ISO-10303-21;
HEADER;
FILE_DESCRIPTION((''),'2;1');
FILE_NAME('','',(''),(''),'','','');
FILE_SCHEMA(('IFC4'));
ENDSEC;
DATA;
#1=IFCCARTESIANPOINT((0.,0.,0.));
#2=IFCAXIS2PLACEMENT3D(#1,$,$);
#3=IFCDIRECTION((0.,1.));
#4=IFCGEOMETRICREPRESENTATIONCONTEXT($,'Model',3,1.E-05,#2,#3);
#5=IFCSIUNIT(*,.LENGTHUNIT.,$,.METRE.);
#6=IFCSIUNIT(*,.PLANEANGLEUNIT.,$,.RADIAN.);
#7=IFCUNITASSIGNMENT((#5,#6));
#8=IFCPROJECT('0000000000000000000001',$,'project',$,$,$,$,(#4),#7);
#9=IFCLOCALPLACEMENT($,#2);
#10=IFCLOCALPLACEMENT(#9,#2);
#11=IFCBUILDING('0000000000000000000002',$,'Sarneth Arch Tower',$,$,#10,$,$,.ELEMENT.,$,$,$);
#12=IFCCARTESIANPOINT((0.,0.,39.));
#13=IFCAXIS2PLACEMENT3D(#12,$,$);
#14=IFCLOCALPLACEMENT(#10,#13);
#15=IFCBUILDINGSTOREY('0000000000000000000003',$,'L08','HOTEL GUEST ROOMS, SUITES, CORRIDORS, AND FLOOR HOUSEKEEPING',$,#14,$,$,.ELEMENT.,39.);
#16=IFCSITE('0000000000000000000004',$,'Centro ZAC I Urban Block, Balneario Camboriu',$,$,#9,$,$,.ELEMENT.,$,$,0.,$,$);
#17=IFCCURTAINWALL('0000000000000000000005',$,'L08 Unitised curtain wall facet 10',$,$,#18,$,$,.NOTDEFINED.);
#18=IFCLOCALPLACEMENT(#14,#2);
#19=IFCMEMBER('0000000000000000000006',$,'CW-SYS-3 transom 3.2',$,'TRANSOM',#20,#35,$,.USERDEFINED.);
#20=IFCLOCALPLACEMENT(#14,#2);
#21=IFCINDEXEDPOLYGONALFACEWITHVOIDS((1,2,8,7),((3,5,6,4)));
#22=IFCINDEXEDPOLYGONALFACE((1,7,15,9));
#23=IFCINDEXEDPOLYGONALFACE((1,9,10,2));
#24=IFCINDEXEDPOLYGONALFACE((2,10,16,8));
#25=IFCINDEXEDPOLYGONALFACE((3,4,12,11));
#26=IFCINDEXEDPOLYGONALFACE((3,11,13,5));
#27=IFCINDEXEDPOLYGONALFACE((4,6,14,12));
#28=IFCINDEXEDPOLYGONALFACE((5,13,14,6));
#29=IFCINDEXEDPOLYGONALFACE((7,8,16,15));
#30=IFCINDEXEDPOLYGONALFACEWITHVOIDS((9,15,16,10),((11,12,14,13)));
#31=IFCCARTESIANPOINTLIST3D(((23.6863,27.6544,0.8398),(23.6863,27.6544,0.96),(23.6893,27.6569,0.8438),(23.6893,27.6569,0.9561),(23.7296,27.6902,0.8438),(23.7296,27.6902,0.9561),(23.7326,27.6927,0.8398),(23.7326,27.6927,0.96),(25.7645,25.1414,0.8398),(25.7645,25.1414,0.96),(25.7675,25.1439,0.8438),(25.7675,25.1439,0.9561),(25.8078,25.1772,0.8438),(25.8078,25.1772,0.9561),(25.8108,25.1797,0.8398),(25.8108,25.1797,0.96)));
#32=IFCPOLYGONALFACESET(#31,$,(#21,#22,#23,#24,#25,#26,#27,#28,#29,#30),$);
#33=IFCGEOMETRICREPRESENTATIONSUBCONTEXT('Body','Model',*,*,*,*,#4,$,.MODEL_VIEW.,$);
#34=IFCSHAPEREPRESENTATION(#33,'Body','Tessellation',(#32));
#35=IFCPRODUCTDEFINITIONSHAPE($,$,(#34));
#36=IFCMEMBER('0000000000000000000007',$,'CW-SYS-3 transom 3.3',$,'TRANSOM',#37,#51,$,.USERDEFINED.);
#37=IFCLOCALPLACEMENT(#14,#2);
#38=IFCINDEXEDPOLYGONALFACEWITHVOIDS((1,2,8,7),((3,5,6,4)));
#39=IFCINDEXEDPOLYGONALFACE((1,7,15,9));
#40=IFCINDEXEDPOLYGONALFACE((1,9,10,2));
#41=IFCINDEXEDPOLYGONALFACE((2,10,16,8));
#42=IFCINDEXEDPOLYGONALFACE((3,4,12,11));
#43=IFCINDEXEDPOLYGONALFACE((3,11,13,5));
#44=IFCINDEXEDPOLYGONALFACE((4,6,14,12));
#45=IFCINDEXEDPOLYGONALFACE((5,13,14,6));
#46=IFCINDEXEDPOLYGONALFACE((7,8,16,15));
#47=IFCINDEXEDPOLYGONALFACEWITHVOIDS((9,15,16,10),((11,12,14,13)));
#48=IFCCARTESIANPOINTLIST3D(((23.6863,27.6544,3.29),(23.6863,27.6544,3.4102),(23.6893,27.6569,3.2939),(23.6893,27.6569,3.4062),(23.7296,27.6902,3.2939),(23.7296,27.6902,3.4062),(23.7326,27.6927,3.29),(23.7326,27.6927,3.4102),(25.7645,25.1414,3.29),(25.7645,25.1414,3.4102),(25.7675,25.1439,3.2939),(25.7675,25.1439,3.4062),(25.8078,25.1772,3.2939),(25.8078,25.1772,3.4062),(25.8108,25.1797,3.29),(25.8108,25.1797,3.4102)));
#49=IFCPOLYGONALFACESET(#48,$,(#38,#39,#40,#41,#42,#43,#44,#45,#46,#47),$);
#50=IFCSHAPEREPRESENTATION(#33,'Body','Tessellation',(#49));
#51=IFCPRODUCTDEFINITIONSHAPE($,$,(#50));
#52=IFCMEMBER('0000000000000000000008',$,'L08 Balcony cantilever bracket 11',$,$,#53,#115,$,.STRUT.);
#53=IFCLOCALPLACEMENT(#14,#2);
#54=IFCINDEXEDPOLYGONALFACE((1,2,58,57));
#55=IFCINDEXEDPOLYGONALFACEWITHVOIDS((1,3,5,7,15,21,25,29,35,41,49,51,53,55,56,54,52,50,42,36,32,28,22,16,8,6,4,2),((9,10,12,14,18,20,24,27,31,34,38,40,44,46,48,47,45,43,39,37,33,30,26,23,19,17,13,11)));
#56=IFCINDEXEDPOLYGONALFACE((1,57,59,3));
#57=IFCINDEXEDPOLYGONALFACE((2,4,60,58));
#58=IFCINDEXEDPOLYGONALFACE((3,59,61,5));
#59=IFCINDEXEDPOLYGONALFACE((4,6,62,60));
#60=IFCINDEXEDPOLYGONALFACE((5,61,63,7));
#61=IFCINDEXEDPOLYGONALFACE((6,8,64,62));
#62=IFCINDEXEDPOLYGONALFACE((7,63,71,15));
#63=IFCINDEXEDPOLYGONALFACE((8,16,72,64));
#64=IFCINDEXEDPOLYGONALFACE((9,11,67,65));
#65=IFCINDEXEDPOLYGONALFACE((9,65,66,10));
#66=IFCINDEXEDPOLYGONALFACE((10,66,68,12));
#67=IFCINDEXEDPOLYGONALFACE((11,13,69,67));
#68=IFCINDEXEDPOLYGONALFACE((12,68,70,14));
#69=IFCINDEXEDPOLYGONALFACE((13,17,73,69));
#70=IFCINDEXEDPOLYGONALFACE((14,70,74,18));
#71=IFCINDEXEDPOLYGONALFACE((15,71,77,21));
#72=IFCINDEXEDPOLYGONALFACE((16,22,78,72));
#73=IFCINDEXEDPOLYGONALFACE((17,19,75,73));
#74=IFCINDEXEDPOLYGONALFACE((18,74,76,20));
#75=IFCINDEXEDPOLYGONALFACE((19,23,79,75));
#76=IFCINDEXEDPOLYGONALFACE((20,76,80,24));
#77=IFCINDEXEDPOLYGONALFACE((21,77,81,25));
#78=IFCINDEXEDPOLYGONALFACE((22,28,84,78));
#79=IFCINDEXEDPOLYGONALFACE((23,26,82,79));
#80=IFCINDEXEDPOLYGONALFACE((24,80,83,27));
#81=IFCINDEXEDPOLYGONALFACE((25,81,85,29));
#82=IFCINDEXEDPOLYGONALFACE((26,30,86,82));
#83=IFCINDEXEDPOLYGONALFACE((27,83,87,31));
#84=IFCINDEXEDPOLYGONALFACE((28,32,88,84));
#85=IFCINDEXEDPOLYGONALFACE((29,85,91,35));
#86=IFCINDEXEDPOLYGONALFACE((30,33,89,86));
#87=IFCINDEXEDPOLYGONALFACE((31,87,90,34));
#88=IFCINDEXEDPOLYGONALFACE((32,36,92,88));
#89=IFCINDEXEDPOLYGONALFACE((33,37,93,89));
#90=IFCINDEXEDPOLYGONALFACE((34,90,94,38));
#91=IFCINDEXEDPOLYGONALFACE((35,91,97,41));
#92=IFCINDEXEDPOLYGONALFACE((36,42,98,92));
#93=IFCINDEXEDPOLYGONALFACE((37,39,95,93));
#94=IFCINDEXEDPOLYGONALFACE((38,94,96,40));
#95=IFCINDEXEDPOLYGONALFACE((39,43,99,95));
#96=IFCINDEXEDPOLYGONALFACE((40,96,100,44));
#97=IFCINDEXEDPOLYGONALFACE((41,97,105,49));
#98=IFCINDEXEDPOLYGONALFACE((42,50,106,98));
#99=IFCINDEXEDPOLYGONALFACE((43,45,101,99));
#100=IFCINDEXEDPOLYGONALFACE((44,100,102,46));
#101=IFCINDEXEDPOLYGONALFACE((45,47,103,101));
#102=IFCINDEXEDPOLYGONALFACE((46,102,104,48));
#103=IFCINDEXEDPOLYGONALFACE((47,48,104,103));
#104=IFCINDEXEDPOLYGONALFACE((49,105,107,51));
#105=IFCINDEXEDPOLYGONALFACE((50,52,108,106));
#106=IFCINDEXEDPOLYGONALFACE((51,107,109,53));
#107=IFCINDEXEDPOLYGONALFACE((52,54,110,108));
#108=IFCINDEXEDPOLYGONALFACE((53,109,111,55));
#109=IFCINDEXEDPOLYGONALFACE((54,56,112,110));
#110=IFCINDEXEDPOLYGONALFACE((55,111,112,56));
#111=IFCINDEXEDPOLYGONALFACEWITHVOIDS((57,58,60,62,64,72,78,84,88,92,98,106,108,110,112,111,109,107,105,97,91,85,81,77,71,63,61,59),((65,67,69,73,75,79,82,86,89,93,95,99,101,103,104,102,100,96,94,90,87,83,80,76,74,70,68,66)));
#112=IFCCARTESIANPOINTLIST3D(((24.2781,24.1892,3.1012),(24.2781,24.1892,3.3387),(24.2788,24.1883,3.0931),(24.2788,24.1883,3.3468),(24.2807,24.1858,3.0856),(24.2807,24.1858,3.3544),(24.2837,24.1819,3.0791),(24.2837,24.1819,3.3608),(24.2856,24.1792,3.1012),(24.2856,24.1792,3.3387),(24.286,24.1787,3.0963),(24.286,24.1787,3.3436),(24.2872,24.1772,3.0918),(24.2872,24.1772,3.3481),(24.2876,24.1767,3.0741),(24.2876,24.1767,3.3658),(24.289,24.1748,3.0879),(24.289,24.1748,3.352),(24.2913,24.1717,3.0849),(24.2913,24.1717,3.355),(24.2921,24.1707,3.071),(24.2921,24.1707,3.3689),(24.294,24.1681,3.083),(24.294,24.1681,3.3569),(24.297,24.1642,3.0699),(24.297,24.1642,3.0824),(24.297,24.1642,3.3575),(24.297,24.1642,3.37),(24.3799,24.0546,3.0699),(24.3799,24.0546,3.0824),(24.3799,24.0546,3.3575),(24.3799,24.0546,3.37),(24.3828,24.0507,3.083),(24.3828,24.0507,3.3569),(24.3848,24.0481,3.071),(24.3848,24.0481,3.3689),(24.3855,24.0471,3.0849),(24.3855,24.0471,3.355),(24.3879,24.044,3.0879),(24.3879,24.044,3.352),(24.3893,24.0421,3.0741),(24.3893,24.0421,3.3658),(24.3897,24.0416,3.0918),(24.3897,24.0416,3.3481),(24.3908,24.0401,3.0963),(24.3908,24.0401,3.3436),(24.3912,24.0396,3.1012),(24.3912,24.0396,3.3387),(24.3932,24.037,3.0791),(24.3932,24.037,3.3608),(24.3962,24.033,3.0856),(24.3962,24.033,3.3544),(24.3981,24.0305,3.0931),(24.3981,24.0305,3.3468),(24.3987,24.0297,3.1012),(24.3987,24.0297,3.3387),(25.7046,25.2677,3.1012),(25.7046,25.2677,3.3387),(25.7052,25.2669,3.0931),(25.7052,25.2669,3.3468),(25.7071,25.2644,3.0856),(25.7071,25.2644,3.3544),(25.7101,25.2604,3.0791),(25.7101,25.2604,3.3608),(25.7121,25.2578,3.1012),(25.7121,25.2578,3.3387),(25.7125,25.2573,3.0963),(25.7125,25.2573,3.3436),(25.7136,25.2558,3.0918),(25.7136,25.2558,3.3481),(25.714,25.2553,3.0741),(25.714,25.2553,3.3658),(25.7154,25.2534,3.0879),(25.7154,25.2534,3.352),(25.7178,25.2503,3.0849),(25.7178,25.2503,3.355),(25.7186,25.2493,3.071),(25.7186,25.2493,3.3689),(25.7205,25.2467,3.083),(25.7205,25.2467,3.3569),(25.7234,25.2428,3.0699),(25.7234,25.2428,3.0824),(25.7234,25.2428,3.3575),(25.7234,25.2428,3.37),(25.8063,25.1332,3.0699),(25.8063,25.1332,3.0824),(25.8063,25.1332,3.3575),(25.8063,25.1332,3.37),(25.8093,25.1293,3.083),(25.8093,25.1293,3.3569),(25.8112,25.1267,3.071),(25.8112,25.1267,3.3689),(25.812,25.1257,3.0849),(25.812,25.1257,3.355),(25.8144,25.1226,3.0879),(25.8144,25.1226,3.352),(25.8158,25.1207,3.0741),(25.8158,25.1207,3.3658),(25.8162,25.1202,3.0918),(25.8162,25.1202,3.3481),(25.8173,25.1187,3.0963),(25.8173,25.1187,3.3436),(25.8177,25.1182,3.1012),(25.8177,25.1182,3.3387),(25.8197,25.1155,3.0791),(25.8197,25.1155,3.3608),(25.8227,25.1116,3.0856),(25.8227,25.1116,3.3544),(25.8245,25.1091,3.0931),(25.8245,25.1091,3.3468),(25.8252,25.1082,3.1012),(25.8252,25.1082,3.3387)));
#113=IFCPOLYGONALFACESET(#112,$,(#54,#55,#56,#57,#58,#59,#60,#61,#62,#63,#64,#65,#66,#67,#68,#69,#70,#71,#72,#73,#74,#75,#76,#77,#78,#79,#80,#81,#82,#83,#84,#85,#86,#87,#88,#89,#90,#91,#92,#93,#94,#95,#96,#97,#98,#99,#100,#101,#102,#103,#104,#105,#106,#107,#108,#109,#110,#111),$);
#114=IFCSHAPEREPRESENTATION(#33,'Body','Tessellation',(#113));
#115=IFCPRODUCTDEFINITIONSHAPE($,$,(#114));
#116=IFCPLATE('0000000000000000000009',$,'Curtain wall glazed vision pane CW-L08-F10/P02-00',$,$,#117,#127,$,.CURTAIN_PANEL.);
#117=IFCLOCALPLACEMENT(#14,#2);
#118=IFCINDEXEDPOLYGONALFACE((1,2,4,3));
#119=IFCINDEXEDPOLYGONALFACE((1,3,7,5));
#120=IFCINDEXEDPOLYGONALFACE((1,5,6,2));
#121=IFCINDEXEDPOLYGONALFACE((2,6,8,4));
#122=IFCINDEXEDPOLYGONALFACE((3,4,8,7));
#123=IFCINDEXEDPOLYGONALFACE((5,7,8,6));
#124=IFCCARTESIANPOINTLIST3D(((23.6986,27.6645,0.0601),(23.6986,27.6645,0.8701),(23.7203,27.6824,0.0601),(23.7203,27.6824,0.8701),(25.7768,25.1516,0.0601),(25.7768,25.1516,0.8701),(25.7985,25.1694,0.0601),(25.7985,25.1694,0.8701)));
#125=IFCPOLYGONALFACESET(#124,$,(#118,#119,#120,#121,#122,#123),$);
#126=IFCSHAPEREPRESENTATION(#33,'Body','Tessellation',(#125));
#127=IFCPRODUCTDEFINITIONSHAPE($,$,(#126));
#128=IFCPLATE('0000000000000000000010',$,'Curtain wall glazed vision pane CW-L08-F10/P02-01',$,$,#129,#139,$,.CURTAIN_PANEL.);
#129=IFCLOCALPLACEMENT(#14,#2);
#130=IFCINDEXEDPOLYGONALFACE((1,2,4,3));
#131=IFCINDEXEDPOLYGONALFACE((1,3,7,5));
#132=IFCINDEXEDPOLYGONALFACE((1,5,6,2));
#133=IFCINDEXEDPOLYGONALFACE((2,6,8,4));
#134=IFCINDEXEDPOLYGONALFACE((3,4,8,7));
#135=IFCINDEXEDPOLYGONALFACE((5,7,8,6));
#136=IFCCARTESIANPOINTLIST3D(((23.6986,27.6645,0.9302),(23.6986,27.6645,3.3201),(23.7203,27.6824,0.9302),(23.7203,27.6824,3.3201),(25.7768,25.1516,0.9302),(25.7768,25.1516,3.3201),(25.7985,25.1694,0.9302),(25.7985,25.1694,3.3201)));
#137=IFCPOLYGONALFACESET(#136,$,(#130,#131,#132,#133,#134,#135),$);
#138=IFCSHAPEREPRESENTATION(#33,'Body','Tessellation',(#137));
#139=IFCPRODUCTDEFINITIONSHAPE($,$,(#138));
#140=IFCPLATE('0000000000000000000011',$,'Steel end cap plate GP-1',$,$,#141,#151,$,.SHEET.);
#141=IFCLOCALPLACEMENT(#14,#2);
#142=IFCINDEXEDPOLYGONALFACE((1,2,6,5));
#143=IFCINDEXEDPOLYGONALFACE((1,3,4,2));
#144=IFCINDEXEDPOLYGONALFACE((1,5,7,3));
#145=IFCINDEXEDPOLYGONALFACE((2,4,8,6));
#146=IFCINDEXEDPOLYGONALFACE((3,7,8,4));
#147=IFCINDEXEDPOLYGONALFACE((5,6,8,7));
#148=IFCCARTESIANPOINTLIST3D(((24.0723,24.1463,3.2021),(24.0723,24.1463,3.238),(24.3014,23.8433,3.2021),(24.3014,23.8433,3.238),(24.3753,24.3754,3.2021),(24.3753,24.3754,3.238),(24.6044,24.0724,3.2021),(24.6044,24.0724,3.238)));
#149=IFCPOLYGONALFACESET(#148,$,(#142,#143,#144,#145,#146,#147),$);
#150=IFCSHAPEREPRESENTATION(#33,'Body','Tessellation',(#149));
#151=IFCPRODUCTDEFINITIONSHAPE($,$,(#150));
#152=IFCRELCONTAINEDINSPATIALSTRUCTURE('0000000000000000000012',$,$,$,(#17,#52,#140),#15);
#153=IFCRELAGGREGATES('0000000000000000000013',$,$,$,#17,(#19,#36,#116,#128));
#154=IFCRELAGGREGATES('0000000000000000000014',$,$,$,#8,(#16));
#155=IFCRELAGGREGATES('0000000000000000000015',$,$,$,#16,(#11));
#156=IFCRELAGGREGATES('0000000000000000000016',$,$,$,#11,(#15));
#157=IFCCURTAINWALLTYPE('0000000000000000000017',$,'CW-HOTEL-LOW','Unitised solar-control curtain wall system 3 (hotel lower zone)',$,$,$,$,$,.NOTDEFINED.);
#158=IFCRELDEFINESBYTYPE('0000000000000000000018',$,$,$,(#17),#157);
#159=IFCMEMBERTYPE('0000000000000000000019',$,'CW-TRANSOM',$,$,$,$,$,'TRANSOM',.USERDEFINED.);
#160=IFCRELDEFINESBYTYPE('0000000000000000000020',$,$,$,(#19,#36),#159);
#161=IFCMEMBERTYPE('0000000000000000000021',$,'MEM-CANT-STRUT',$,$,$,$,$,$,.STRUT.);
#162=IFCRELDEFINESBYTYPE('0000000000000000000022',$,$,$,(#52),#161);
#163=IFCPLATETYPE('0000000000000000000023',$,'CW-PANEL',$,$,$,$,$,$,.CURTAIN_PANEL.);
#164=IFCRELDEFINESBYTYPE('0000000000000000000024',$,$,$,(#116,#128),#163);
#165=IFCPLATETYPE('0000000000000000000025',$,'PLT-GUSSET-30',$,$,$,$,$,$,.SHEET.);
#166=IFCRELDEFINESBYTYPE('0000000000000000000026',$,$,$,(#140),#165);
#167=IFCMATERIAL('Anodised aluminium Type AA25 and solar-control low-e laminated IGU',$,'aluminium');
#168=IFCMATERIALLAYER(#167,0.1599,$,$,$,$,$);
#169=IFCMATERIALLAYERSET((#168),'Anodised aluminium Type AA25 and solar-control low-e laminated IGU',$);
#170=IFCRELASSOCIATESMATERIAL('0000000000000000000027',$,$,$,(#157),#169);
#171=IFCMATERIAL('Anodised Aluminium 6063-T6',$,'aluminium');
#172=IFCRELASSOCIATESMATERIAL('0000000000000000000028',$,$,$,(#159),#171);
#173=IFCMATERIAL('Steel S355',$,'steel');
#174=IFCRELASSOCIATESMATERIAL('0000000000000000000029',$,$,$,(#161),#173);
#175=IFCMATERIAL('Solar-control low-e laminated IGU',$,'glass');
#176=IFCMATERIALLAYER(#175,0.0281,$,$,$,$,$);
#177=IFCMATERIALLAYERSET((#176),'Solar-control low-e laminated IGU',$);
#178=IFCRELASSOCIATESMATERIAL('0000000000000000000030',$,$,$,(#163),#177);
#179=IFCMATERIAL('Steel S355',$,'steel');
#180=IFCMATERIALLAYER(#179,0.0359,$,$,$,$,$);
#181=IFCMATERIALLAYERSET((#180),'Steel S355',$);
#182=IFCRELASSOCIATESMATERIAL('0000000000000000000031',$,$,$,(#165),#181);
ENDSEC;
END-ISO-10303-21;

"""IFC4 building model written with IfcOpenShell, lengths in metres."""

from ifc_helpers import new_model, si_unit, direction, frame, origin, origin_2d, place, context, subcontext, project, spatial, rectangle, hollow_rectangle, extrude, material, layer, layer_set, material_profile, profile_set, type_object, element, aggregate, save


model = new_model("IFC4")

# Units and contexts
model_context = context("Model", 3, precision=1e-05, world=origin(), true_north=direction((0.0, 1.0)))
body_context = subcontext(model_context, "Body", "Model", "MODEL_VIEW")
ifc_project = project(units=[si_unit("LENGTHUNIT", "METRE"), si_unit("PLANEANGLEUNIT", "RADIAN")], contexts=[model_context])

# Site, building, storey
site_placement = place(None, origin())
site = spatial("IfcSite", under=ifc_project, at=site_placement, Name="Centro ZAC I Urban Block, Balneario Camboriu", CompositionType="ELEMENT", RefElevation=0.0)
building_placement = place(site_placement, origin())
building = spatial("IfcBuilding", under=site, at=building_placement, Name="Sarneth Arch Tower", CompositionType="ELEMENT")
storey_placement = place(building_placement, frame((0.0, 0.0, 39.0)))
storey = spatial("IfcBuildingStorey", under=building, at=storey_placement, Name="L08", Description="HOTEL GUEST ROOMS, SUITES, CORRIDORS, AND FLOOR HOUSEKEEPING", CompositionType="ELEMENT", Elevation=39.0)

# Curtain wall, members
ifc_material_1 = material(Name="Anodised aluminium Type AA25 and solar-control low-e laminated IGU", Category="aluminium")
ifc_layer_1 = layer(ifc_material_1, 0.1599)
ifc_layer_set_1 = layer_set([ifc_layer_1], Name="Anodised aluminium Type AA25 and solar-control low-e laminated IGU")
curtain_wall_type = type_object("IfcCurtainWallType", Name="CW-HOTEL-LOW", Description="Unitised solar-control curtain wall system 3 (hotel lower zone)", PredefinedType="NOTDEFINED", material=ifc_layer_set_1)
curtain_wall_placement = place(storey_placement, origin())
curtain_wall = element("IfcCurtainWall", 1, at=curtain_wall_placement, inside=storey, type_object=curtain_wall_type, Name="L08 Unitised curtain wall facet 10", PredefinedType="NOTDEFINED")
ifc_material_2 = material(Name="Anodised Aluminium 6063-T6", Category="aluminium")
ifc_material_profile_1 = material_profile(ifc_material_2, hollow_rectangle(XDim=0.0601, YDim=0.1201, WallThickness=0.0039, at=origin_2d()), Name="AL-TRAN-120x60x4")
ifc_profile_set_1 = profile_set([ifc_material_profile_1], Name="Anodised Aluminium 6063-T6")
member_type_1 = type_object("IfcMemberType", Name="CW-TRANSOM", ElementType="TRANSOM", PredefinedType="USERDEFINED", material=ifc_profile_set_1)
member_1_placement = place(storey_placement, frame((23.7095, 27.6736, 0.8999), z_axis=(0.637286, -0.770628, 0.0), x_axis=(0.770628, 0.637286, 0.0)))
member_1 = element("IfcMember", 2, at=member_1_placement, type_object=member_type_1, Name="CW-SYS-3 transom 3.2", ObjectType="TRANSOM", PredefinedType="USERDEFINED", context=body_context, shape_type="SweptSolid", body=[
    extrude(hollow_rectangle(XDim=0.0601, YDim=0.1201, WallThickness=0.0039, at=origin_2d()), origin(), (0.0, 0.0, 1.0), 3.261),
])
member_2_placement = place(storey_placement, frame((23.7095, 27.6736, 3.3501), z_axis=(0.637286, -0.770628, 0.0), x_axis=(0.770628, 0.637286, 0.0)))
member_2 = element("IfcMember", 3, at=member_2_placement, type_object=member_type_1, Name="CW-SYS-3 transom 3.3", ObjectType="TRANSOM", PredefinedType="USERDEFINED", context=body_context, shape_type="SweptSolid", body=[
    extrude(hollow_rectangle(XDim=0.0601, YDim=0.1201, WallThickness=0.0039, at=origin_2d()), origin(), (0.0, 0.0, 1.0), 3.261),
])

# Member
ifc_material_3 = material(Name="Steel S355", Category="steel")
ifc_material_profile_2 = material_profile(ifc_material_3, hollow_rectangle(XDim=0.2, YDim=0.3, WallThickness=0.0125, InnerFilletRadius=0.0188, OuterFilletRadius=0.0312, at=origin_2d()), Name="RHS300x200x12.5")
ifc_profile_set_2 = profile_set([ifc_material_profile_2], Name="Steel S355")
member_type_2 = type_object("IfcMemberType", Name="MEM-CANT-STRUT", PredefinedType="STRUT", material=ifc_profile_set_2)
member_3_placement = place(storey_placement, frame((25.7649, 25.188, 3.22), z_axis=(-0.797651, -0.603119, 0.0), x_axis=(0.603119, -0.797651, 0.0)))
element("IfcMember", 4, at=member_3_placement, inside=storey, type_object=member_type_2, Name="L08 Balcony cantilever bracket 11", PredefinedType="STRUT", context=body_context, shape_type="SweptSolid", body=[
    extrude(hollow_rectangle(XDim=0.2, YDim=0.3, WallThickness=0.0125, InnerFilletRadius=0.0188, OuterFilletRadius=0.0312, at=origin_2d()), origin(), (0.0, 0.0, 1.0), 1.7883),
])

# Plates
ifc_material_4 = material(Name="Solar-control low-e laminated IGU", Category="glass")
ifc_layer_2 = layer(ifc_material_4, 0.0281)
ifc_layer_set_2 = layer_set([ifc_layer_2], Name="Solar-control low-e laminated IGU")
plate_type_1 = type_object("IfcPlateType", Name="CW-PANEL", PredefinedType="CURTAIN_PANEL", material=ifc_layer_set_2)
plate_1_placement = place(storey_placement, frame((24.7485, 26.417, 0.0601), z_axis=(0.0, 0.0, 1.0), x_axis=(0.637291, -0.770623, 0.0)))
plate_1 = element("IfcPlate", 5, at=plate_1_placement, type_object=plate_type_1, Name="Curtain wall glazed vision pane CW-L08-F10/P02-00", PredefinedType="CURTAIN_PANEL", context=body_context, shape_type="SweptSolid", body=[
    extrude(rectangle(XDim=3.261, YDim=0.0281, at=origin_2d()), origin(), (0.0, 0.0, 1.0), 0.8101),
])
plate_2_placement = place(storey_placement, frame((24.7485, 26.417, 0.9302), z_axis=(0.0, 0.0, 1.0), x_axis=(0.637291, -0.770623, 0.0)))
plate_2 = element("IfcPlate", 6, at=plate_2_placement, type_object=plate_type_1, Name="Curtain wall glazed vision pane CW-L08-F10/P02-01", PredefinedType="CURTAIN_PANEL", context=body_context, shape_type="SweptSolid", body=[
    extrude(rectangle(XDim=3.261, YDim=0.0281, at=origin_2d()), origin(), (0.0, 0.0, 1.0), 2.3899),
])
aggregate(curtain_wall, [member_1, member_2, plate_1, plate_2])
ifc_material_5 = material(Name="Steel S355", Category="steel")
ifc_layer_3 = layer(ifc_material_5, 0.0359)
ifc_layer_set_3 = layer_set([ifc_layer_3], Name="Steel S355")
plate_type_2 = type_object("IfcPlateType", Name="PLT-GUSSET-30", PredefinedType="SHEET", material=ifc_layer_set_3)
plate_3_placement = place(storey_placement, frame((24.3384, 24.1094, 3.2021), z_axis=(0.0, 0.0, 1.0), x_axis=(-0.797689, -0.603069, 0.0)))
element("IfcPlate", 7, at=plate_3_placement, inside=storey, type_object=plate_type_2, Name="Steel end cap plate GP-1", PredefinedType="SHEET", context=body_context, shape_type="SweptSolid", body=[
    extrude(rectangle(XDim=0.3799, YDim=0.3799, at=origin_2d()), origin(), (0.0, 0.0, 1.0), 0.0359),
])

save(model, "model.ifc")
